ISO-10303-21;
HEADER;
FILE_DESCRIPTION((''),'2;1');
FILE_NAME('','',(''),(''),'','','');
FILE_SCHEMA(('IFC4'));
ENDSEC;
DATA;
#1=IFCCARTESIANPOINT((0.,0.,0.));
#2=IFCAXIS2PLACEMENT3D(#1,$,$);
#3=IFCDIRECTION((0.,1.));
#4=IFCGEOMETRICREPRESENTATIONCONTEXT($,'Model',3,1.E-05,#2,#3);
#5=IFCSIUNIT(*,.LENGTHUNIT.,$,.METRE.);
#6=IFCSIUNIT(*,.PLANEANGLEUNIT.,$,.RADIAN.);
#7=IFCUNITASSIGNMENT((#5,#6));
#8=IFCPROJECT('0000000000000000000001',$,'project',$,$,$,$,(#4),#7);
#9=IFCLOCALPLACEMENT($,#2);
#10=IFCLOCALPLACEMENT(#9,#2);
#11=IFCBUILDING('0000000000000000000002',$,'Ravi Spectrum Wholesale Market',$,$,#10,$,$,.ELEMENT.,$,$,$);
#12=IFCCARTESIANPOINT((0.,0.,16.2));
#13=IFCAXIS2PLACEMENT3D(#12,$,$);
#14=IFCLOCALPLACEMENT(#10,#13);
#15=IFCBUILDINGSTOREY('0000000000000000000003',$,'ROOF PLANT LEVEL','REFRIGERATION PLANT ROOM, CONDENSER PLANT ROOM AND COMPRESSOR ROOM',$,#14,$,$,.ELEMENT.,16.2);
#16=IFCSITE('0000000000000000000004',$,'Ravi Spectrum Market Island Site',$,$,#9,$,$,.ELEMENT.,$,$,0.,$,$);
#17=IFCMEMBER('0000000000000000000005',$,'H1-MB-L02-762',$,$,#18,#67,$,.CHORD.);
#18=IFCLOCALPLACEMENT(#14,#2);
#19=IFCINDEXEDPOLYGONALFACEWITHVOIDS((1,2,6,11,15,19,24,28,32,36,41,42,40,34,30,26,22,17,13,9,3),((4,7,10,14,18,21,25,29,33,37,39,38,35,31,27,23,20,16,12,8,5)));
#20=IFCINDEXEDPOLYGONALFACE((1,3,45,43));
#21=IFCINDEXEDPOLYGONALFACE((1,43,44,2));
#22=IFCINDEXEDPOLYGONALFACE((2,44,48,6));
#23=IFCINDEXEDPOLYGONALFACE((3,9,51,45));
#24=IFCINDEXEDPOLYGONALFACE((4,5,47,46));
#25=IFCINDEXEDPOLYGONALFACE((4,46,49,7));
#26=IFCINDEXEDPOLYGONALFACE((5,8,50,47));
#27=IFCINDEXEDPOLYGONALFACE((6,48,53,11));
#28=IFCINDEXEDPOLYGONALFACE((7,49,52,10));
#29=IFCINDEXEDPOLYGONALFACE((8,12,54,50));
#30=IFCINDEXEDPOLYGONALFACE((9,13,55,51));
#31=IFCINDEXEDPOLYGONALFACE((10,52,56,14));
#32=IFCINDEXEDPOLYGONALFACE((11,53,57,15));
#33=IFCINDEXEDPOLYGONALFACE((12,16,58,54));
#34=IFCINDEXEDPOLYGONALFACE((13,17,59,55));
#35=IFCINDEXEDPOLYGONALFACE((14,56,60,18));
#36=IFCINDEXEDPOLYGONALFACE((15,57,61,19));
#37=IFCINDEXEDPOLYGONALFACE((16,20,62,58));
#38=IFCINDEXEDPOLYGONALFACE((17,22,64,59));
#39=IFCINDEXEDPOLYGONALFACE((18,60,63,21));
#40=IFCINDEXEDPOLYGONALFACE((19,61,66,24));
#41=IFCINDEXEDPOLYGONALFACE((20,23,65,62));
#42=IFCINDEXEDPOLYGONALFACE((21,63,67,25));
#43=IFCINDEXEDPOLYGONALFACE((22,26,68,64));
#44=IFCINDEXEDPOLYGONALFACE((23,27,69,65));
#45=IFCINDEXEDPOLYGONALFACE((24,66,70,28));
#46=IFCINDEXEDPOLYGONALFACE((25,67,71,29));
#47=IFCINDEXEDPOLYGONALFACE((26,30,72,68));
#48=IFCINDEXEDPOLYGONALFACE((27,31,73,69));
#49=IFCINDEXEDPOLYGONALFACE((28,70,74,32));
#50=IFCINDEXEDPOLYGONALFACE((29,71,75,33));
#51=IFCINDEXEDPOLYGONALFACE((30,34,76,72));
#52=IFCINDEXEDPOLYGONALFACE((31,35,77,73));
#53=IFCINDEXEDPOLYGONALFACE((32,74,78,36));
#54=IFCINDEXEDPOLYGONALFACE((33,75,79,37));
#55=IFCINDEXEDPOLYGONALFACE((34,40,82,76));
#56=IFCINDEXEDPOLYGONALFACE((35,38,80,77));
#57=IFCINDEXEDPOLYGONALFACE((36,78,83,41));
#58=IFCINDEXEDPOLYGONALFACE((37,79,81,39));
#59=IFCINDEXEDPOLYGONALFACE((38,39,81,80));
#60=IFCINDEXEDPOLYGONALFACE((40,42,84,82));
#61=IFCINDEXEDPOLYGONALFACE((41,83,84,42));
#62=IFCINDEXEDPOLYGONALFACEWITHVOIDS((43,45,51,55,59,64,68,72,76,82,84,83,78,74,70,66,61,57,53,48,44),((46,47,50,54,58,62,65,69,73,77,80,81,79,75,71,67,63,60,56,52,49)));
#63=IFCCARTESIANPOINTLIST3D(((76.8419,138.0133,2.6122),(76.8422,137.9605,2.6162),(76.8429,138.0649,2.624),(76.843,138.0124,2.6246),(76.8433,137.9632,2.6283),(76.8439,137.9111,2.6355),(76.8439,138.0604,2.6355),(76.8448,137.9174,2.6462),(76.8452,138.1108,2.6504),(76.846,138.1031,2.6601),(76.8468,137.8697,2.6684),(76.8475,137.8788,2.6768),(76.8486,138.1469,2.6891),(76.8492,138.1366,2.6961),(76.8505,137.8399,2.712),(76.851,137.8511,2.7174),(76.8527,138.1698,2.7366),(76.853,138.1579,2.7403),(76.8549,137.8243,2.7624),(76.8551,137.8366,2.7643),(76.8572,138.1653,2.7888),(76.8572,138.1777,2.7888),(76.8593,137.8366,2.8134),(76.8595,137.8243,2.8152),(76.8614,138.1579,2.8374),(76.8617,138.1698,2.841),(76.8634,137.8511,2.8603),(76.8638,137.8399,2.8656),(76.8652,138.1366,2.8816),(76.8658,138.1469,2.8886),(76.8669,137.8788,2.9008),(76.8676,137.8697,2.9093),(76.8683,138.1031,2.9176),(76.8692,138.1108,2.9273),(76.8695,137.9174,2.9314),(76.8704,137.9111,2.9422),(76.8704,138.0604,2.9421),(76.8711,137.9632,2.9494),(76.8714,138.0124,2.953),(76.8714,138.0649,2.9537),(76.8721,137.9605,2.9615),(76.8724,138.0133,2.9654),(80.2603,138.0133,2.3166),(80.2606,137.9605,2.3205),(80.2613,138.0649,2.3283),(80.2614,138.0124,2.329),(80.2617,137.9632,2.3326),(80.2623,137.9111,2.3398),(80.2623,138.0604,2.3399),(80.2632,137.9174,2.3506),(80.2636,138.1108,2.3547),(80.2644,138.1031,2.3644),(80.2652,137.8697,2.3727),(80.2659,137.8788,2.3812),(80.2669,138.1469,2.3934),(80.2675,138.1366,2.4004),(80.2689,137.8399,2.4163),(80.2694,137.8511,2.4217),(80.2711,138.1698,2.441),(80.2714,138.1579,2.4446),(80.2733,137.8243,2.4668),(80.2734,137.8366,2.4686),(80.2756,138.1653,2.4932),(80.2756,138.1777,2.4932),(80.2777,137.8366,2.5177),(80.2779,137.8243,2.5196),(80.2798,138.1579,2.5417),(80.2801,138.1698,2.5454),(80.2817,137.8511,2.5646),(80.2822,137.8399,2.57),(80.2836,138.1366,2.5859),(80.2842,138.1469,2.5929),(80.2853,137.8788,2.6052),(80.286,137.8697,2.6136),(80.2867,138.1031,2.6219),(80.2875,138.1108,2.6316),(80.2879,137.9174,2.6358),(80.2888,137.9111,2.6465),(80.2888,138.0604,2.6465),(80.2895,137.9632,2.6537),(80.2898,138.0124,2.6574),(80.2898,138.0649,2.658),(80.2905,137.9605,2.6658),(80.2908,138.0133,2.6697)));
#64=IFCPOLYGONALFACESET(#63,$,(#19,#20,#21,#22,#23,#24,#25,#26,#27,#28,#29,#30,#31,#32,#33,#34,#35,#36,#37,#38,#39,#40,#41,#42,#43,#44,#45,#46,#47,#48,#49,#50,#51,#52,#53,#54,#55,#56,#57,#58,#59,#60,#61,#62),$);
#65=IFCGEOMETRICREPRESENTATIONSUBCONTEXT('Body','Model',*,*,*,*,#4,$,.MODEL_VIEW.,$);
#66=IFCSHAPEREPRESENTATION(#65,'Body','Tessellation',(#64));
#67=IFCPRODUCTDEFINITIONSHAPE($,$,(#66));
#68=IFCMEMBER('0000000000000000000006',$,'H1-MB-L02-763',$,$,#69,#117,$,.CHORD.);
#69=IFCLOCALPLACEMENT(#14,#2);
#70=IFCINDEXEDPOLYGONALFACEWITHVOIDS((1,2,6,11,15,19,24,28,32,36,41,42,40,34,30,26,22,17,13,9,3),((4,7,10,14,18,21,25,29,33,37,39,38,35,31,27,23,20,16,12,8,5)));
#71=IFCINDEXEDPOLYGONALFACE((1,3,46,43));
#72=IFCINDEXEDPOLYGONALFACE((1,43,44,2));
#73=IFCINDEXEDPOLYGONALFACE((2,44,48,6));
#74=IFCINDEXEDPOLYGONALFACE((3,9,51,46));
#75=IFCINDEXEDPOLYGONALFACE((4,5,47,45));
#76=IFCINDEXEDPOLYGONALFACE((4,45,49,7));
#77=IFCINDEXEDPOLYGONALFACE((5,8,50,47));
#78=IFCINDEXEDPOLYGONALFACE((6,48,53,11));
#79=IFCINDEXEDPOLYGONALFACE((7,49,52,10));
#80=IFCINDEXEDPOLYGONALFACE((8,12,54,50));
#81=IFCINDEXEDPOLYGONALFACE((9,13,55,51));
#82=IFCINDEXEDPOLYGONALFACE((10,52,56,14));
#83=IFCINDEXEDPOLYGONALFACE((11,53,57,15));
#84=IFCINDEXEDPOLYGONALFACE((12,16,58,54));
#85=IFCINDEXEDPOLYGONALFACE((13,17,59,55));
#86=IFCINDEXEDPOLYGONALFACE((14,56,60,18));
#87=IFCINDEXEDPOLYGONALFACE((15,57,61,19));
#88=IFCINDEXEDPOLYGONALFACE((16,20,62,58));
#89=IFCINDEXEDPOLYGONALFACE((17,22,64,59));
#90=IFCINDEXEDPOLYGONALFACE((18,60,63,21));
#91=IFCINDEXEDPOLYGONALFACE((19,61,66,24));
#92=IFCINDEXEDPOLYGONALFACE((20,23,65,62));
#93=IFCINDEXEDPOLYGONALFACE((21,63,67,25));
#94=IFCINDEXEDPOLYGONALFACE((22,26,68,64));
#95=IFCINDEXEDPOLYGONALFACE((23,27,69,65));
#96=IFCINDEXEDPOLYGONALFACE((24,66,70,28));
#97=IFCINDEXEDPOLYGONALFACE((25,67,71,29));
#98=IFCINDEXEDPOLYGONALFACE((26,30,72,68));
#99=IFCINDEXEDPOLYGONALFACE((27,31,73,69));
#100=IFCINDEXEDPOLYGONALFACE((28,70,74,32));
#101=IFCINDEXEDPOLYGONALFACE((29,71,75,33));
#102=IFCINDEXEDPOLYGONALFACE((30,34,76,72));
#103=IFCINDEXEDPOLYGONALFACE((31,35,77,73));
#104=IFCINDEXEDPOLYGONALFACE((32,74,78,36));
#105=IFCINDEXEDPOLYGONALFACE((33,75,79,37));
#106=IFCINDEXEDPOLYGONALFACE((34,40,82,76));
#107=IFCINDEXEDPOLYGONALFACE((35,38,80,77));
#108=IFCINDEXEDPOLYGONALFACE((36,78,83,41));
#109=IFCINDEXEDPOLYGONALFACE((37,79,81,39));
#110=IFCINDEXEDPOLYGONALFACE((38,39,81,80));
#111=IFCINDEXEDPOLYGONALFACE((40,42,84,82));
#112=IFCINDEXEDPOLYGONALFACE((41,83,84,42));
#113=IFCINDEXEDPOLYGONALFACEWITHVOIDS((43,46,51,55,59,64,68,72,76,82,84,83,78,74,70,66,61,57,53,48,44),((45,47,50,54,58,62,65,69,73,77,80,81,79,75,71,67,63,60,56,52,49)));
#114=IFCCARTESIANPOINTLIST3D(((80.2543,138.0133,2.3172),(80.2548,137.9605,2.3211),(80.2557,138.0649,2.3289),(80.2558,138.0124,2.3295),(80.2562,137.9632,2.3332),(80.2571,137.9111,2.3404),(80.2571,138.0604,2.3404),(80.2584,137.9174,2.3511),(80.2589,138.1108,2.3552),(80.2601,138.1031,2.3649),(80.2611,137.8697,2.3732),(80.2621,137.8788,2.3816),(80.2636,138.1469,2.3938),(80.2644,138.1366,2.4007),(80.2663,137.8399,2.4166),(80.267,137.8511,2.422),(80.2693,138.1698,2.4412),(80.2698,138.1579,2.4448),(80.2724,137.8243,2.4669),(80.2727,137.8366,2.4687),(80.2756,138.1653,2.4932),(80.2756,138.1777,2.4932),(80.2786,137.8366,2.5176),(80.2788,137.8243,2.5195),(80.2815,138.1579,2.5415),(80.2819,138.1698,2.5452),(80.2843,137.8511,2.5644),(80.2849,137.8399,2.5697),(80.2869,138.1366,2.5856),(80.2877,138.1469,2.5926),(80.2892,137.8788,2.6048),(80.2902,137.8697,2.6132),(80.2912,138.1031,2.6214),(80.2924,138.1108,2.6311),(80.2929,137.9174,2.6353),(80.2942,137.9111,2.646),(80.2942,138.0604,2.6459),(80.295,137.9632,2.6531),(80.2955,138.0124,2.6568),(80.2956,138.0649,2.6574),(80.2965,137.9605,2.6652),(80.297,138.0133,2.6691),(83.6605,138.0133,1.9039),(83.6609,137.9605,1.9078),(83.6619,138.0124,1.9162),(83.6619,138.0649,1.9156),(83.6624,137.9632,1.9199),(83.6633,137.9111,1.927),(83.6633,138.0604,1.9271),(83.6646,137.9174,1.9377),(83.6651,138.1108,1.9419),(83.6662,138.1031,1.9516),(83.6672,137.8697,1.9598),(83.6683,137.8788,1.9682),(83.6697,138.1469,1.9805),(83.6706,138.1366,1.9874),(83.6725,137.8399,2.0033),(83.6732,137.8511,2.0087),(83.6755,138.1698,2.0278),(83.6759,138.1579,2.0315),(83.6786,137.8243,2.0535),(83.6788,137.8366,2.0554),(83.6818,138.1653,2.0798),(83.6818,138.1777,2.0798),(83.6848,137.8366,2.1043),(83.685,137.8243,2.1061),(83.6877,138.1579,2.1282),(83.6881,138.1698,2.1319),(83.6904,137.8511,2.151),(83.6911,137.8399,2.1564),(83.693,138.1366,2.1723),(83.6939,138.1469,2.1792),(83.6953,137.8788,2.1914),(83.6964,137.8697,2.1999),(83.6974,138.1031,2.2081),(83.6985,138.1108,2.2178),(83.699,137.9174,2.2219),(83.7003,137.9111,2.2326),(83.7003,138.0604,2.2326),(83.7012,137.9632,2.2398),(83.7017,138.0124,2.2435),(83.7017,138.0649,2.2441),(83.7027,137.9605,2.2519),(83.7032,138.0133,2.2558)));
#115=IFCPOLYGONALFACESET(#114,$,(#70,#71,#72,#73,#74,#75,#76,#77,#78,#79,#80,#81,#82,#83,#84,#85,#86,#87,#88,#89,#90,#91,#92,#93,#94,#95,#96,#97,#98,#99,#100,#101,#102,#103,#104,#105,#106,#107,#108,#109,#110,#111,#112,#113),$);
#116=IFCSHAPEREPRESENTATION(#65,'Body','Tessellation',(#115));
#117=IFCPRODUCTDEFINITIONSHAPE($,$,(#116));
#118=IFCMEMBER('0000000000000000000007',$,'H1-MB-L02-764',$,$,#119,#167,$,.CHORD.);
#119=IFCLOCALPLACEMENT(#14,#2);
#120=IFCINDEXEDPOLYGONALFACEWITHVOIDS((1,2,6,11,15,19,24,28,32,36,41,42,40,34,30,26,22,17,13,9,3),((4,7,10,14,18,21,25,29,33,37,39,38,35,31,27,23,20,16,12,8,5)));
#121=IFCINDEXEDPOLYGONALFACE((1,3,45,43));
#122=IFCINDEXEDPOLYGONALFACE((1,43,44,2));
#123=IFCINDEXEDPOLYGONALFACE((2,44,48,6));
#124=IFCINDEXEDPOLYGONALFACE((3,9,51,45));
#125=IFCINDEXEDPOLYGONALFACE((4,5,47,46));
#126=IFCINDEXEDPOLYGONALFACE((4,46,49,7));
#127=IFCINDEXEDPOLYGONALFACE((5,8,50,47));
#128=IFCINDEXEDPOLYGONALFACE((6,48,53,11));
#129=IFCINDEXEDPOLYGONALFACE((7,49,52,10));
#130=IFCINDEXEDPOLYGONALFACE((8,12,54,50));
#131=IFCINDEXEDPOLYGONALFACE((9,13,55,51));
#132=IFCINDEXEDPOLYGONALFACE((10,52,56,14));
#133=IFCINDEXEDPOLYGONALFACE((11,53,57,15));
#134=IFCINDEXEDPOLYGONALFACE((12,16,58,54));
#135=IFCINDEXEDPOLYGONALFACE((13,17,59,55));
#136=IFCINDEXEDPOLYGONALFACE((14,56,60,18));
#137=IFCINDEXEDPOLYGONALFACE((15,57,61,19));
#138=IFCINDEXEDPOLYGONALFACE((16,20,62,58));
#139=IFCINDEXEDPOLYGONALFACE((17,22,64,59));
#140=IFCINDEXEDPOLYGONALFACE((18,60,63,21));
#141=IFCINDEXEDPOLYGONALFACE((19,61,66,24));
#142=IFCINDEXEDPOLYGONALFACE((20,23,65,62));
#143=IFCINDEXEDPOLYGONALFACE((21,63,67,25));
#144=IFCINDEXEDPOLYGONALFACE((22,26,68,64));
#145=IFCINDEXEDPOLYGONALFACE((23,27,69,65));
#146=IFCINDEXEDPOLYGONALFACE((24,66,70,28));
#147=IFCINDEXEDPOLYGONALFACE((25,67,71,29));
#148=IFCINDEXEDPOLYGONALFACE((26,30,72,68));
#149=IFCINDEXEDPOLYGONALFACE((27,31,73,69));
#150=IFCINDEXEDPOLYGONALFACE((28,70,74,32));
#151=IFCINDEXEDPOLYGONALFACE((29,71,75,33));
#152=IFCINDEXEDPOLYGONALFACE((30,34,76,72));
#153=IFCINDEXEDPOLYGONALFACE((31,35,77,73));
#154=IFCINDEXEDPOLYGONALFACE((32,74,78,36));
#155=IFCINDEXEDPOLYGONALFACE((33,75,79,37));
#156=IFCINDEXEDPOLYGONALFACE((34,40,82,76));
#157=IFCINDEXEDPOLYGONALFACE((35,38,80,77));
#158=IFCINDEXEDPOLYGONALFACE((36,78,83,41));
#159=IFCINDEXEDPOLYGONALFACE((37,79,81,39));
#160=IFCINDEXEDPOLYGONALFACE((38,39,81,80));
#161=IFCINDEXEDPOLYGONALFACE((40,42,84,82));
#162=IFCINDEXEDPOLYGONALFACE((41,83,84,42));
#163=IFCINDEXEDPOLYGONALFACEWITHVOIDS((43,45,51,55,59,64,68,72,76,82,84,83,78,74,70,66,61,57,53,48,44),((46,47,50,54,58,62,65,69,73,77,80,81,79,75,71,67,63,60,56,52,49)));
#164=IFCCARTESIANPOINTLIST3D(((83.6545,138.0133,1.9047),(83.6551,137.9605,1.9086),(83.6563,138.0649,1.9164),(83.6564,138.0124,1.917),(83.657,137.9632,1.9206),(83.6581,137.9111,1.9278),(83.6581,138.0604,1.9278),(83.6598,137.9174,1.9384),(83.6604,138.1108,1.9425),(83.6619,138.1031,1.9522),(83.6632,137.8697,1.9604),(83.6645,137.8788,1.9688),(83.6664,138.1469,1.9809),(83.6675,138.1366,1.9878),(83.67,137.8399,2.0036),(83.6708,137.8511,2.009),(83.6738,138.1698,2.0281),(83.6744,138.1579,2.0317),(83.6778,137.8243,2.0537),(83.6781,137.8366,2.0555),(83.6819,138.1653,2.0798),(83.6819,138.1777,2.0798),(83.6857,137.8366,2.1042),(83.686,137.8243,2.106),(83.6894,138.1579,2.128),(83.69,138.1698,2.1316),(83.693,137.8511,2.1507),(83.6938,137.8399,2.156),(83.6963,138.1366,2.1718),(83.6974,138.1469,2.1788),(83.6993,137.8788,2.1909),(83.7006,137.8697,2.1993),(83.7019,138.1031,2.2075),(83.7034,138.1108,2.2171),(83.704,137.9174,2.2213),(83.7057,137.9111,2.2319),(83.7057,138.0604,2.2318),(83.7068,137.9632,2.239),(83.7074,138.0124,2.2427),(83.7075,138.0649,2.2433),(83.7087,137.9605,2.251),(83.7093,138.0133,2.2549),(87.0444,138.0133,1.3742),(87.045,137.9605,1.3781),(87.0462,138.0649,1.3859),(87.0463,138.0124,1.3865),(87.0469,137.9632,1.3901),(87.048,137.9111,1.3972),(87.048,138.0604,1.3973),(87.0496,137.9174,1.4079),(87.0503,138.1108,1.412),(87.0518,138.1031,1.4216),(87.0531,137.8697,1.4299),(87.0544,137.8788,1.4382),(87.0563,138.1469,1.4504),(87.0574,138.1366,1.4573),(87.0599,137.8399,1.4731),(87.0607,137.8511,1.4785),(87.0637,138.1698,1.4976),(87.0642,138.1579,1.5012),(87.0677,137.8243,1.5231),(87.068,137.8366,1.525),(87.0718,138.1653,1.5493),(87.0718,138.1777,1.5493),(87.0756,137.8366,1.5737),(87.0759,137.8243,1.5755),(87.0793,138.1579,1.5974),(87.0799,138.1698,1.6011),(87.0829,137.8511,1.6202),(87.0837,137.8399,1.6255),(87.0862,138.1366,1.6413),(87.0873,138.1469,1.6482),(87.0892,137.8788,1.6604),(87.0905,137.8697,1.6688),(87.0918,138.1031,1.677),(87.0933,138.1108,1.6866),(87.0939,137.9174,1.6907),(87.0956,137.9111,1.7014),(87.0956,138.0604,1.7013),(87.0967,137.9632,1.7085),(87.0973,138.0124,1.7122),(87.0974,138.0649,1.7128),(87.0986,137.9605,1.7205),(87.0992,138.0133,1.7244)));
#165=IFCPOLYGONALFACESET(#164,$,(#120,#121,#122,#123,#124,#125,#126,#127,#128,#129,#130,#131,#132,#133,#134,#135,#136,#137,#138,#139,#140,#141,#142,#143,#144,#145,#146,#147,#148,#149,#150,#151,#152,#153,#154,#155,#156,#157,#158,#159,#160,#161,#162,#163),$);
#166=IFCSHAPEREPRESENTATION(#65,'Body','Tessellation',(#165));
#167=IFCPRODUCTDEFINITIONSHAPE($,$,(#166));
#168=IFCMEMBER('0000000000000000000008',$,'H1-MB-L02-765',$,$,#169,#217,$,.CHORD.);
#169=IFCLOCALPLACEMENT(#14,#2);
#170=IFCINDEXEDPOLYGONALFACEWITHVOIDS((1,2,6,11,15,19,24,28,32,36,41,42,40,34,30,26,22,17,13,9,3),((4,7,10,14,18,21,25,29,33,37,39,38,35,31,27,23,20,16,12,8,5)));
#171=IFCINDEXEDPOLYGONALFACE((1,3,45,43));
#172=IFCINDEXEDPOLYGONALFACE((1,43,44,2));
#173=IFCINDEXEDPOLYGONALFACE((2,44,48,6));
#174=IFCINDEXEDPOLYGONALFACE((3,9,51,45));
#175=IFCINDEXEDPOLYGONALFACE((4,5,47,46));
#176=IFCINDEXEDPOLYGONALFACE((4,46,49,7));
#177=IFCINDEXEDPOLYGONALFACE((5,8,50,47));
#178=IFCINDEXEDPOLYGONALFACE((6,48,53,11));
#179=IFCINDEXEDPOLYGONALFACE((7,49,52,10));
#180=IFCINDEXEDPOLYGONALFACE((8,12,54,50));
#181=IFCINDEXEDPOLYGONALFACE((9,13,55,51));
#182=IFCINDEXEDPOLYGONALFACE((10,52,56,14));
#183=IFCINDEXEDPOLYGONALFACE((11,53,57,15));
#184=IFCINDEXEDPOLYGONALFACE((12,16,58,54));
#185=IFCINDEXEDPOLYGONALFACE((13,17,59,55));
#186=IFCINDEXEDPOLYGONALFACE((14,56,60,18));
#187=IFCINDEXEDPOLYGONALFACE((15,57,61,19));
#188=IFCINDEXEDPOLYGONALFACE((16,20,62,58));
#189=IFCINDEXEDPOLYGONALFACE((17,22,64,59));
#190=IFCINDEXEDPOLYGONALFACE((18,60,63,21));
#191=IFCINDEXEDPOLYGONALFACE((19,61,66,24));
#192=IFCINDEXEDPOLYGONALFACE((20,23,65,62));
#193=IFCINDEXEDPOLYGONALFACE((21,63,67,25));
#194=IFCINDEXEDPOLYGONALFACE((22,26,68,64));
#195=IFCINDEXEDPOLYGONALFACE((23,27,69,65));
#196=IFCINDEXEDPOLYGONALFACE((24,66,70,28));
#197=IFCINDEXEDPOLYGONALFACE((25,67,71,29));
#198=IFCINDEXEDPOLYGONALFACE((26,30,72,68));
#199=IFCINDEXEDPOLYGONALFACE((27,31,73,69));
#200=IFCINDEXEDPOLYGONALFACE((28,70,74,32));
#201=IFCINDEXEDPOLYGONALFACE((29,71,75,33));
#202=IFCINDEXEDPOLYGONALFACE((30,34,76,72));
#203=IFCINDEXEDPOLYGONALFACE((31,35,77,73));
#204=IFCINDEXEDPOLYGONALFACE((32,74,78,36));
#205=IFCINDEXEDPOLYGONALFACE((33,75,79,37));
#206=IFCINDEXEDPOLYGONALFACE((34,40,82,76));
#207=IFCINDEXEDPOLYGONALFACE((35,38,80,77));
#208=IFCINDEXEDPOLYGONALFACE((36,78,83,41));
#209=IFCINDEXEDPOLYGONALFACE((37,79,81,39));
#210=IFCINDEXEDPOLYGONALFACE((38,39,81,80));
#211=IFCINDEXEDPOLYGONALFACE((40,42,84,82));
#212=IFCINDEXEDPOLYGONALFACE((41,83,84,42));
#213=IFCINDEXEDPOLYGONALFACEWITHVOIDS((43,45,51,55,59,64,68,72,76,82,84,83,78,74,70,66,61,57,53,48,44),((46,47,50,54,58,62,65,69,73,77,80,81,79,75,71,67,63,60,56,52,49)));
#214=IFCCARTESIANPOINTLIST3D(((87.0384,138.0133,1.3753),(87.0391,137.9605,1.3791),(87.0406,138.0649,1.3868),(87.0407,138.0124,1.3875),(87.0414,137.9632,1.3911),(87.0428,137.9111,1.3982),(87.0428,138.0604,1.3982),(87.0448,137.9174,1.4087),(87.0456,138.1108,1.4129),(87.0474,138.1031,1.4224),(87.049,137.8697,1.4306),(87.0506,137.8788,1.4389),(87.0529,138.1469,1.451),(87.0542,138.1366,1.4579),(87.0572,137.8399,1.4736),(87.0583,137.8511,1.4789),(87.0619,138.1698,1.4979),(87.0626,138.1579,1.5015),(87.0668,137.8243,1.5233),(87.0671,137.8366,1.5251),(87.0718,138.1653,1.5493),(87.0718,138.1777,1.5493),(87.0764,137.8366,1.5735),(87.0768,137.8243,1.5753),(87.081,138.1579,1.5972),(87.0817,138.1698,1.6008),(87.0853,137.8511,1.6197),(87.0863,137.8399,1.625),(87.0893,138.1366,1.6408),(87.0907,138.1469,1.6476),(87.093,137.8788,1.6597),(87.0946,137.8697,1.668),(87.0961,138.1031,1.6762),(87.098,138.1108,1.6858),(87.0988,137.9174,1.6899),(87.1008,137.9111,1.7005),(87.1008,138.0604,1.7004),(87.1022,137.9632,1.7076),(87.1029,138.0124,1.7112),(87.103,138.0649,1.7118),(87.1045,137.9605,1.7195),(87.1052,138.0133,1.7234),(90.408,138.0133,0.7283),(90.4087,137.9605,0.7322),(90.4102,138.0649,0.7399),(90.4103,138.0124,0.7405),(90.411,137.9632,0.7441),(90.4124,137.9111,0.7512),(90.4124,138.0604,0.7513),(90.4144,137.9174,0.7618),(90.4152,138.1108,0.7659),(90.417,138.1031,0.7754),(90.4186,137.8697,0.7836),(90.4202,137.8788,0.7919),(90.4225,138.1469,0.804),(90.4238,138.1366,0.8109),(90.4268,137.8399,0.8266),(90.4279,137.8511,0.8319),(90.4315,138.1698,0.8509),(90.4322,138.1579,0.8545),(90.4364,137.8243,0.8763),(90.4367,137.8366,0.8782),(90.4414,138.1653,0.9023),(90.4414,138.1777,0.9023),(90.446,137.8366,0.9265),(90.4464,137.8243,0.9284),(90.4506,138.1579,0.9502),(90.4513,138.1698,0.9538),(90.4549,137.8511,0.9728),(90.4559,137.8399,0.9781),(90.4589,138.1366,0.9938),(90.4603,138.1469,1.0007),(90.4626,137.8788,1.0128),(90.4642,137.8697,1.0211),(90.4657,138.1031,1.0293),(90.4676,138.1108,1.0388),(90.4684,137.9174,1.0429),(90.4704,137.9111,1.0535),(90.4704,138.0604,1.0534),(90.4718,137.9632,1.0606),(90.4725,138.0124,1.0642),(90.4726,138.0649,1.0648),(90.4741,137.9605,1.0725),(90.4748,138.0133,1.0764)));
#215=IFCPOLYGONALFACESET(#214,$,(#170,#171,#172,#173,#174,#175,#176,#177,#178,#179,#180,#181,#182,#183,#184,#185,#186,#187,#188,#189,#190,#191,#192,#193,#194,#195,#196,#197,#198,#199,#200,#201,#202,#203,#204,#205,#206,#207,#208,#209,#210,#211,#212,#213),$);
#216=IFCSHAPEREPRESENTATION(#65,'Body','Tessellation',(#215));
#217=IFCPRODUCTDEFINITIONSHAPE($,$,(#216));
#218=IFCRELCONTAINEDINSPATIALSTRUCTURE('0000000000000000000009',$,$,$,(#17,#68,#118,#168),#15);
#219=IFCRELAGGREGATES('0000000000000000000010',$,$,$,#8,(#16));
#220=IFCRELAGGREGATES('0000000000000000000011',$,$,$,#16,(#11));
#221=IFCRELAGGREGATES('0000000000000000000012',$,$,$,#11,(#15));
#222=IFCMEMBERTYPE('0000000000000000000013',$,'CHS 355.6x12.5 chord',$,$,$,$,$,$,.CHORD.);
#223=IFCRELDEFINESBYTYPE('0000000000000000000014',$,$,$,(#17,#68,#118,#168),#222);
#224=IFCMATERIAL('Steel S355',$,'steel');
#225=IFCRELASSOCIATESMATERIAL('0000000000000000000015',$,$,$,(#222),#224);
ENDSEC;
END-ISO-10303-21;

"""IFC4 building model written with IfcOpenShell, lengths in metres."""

from ifc_helpers import new_model, si_unit, direction, frame, origin, origin_2d, place, context, subcontext, project, spatial, hollow_circle, extrude, material, material_profile, profile_set, type_object, element, save


model = new_model("IFC4")

# Units and contexts
model_context = context("Model", 3, precision=1e-05, world=origin(), true_north=direction((0.0, 1.0)))
body_context = subcontext(model_context, "Body", "Model", "MODEL_VIEW")
ifc_project = project(units=[si_unit("LENGTHUNIT", "METRE"), si_unit("PLANEANGLEUNIT", "RADIAN")], contexts=[model_context])

# Site, building, storey
site_placement = place(None, origin())
site = spatial("IfcSite", under=ifc_project, at=site_placement, Name="Ravi Spectrum Market Island Site", CompositionType="ELEMENT", RefElevation=0.0)
building_placement = place(site_placement, origin())
building = spatial("IfcBuilding", under=site, at=building_placement, Name="Ravi Spectrum Wholesale Market", CompositionType="ELEMENT")
storey_placement = place(building_placement, frame((0.0, 0.0, 16.2)))
storey = spatial("IfcBuildingStorey", under=building, at=storey_placement, Name="ROOF PLANT LEVEL", Description="REFRIGERATION PLANT ROOM, CONDENSER PLANT ROOM AND COMPRESSOR ROOM", CompositionType="ELEMENT", Elevation=16.2)

# Members
ifc_material_1 = material(Name="Steel S355", Category="steel")
ifc_material_profile_1 = material_profile(ifc_material_1, hollow_circle(Radius=0.1777, WallThickness=0.0125, at=origin_2d()))
ifc_profile_set_1 = profile_set([ifc_material_profile_1], Name="Steel S355")
member_type_1 = type_object("IfcMemberType", Name="CHS 355.6x12.5 chord", PredefinedType="CHORD", material=ifc_profile_set_1)
for number, where, z_axis, x_axis, name in (
    (1, (76.8572, 138.0, 2.7888), (0.996281, 0.0, -0.086166), (0.0, 1.0, 0.0), "H1-MB-L02-762"),
    (2, (80.2756, 138.0, 2.4932), (0.992718, 0.0, -0.120461), (0.0, 1.0, 0.0), "H1-MB-L02-763"),
    (3, (83.6819, 138.0, 2.0798), (0.987974, 0.0, -0.154618), (0.0, 1.0, 0.0), "H1-MB-L02-764"),
    (4, (87.0718, 138.0, 1.5493), (0.982062, 0.0, -0.188557), (0.0, 1.0, 0.0), "H1-MB-L02-765"),
):
    element("IfcMember", number, at=place(storey_placement, frame(where, z_axis=z_axis, x_axis=x_axis)), inside=storey, type_object=member_type_1, Name=name, PredefinedType="CHORD", context=body_context, shape_type="SweptSolid", body=[
        extrude(hollow_circle(Radius=0.1777, WallThickness=0.0125, at=origin_2d()), origin(), (0.0, 0.0, 1.0), 3.4312),
    ])

save(model, "model.ifc")
